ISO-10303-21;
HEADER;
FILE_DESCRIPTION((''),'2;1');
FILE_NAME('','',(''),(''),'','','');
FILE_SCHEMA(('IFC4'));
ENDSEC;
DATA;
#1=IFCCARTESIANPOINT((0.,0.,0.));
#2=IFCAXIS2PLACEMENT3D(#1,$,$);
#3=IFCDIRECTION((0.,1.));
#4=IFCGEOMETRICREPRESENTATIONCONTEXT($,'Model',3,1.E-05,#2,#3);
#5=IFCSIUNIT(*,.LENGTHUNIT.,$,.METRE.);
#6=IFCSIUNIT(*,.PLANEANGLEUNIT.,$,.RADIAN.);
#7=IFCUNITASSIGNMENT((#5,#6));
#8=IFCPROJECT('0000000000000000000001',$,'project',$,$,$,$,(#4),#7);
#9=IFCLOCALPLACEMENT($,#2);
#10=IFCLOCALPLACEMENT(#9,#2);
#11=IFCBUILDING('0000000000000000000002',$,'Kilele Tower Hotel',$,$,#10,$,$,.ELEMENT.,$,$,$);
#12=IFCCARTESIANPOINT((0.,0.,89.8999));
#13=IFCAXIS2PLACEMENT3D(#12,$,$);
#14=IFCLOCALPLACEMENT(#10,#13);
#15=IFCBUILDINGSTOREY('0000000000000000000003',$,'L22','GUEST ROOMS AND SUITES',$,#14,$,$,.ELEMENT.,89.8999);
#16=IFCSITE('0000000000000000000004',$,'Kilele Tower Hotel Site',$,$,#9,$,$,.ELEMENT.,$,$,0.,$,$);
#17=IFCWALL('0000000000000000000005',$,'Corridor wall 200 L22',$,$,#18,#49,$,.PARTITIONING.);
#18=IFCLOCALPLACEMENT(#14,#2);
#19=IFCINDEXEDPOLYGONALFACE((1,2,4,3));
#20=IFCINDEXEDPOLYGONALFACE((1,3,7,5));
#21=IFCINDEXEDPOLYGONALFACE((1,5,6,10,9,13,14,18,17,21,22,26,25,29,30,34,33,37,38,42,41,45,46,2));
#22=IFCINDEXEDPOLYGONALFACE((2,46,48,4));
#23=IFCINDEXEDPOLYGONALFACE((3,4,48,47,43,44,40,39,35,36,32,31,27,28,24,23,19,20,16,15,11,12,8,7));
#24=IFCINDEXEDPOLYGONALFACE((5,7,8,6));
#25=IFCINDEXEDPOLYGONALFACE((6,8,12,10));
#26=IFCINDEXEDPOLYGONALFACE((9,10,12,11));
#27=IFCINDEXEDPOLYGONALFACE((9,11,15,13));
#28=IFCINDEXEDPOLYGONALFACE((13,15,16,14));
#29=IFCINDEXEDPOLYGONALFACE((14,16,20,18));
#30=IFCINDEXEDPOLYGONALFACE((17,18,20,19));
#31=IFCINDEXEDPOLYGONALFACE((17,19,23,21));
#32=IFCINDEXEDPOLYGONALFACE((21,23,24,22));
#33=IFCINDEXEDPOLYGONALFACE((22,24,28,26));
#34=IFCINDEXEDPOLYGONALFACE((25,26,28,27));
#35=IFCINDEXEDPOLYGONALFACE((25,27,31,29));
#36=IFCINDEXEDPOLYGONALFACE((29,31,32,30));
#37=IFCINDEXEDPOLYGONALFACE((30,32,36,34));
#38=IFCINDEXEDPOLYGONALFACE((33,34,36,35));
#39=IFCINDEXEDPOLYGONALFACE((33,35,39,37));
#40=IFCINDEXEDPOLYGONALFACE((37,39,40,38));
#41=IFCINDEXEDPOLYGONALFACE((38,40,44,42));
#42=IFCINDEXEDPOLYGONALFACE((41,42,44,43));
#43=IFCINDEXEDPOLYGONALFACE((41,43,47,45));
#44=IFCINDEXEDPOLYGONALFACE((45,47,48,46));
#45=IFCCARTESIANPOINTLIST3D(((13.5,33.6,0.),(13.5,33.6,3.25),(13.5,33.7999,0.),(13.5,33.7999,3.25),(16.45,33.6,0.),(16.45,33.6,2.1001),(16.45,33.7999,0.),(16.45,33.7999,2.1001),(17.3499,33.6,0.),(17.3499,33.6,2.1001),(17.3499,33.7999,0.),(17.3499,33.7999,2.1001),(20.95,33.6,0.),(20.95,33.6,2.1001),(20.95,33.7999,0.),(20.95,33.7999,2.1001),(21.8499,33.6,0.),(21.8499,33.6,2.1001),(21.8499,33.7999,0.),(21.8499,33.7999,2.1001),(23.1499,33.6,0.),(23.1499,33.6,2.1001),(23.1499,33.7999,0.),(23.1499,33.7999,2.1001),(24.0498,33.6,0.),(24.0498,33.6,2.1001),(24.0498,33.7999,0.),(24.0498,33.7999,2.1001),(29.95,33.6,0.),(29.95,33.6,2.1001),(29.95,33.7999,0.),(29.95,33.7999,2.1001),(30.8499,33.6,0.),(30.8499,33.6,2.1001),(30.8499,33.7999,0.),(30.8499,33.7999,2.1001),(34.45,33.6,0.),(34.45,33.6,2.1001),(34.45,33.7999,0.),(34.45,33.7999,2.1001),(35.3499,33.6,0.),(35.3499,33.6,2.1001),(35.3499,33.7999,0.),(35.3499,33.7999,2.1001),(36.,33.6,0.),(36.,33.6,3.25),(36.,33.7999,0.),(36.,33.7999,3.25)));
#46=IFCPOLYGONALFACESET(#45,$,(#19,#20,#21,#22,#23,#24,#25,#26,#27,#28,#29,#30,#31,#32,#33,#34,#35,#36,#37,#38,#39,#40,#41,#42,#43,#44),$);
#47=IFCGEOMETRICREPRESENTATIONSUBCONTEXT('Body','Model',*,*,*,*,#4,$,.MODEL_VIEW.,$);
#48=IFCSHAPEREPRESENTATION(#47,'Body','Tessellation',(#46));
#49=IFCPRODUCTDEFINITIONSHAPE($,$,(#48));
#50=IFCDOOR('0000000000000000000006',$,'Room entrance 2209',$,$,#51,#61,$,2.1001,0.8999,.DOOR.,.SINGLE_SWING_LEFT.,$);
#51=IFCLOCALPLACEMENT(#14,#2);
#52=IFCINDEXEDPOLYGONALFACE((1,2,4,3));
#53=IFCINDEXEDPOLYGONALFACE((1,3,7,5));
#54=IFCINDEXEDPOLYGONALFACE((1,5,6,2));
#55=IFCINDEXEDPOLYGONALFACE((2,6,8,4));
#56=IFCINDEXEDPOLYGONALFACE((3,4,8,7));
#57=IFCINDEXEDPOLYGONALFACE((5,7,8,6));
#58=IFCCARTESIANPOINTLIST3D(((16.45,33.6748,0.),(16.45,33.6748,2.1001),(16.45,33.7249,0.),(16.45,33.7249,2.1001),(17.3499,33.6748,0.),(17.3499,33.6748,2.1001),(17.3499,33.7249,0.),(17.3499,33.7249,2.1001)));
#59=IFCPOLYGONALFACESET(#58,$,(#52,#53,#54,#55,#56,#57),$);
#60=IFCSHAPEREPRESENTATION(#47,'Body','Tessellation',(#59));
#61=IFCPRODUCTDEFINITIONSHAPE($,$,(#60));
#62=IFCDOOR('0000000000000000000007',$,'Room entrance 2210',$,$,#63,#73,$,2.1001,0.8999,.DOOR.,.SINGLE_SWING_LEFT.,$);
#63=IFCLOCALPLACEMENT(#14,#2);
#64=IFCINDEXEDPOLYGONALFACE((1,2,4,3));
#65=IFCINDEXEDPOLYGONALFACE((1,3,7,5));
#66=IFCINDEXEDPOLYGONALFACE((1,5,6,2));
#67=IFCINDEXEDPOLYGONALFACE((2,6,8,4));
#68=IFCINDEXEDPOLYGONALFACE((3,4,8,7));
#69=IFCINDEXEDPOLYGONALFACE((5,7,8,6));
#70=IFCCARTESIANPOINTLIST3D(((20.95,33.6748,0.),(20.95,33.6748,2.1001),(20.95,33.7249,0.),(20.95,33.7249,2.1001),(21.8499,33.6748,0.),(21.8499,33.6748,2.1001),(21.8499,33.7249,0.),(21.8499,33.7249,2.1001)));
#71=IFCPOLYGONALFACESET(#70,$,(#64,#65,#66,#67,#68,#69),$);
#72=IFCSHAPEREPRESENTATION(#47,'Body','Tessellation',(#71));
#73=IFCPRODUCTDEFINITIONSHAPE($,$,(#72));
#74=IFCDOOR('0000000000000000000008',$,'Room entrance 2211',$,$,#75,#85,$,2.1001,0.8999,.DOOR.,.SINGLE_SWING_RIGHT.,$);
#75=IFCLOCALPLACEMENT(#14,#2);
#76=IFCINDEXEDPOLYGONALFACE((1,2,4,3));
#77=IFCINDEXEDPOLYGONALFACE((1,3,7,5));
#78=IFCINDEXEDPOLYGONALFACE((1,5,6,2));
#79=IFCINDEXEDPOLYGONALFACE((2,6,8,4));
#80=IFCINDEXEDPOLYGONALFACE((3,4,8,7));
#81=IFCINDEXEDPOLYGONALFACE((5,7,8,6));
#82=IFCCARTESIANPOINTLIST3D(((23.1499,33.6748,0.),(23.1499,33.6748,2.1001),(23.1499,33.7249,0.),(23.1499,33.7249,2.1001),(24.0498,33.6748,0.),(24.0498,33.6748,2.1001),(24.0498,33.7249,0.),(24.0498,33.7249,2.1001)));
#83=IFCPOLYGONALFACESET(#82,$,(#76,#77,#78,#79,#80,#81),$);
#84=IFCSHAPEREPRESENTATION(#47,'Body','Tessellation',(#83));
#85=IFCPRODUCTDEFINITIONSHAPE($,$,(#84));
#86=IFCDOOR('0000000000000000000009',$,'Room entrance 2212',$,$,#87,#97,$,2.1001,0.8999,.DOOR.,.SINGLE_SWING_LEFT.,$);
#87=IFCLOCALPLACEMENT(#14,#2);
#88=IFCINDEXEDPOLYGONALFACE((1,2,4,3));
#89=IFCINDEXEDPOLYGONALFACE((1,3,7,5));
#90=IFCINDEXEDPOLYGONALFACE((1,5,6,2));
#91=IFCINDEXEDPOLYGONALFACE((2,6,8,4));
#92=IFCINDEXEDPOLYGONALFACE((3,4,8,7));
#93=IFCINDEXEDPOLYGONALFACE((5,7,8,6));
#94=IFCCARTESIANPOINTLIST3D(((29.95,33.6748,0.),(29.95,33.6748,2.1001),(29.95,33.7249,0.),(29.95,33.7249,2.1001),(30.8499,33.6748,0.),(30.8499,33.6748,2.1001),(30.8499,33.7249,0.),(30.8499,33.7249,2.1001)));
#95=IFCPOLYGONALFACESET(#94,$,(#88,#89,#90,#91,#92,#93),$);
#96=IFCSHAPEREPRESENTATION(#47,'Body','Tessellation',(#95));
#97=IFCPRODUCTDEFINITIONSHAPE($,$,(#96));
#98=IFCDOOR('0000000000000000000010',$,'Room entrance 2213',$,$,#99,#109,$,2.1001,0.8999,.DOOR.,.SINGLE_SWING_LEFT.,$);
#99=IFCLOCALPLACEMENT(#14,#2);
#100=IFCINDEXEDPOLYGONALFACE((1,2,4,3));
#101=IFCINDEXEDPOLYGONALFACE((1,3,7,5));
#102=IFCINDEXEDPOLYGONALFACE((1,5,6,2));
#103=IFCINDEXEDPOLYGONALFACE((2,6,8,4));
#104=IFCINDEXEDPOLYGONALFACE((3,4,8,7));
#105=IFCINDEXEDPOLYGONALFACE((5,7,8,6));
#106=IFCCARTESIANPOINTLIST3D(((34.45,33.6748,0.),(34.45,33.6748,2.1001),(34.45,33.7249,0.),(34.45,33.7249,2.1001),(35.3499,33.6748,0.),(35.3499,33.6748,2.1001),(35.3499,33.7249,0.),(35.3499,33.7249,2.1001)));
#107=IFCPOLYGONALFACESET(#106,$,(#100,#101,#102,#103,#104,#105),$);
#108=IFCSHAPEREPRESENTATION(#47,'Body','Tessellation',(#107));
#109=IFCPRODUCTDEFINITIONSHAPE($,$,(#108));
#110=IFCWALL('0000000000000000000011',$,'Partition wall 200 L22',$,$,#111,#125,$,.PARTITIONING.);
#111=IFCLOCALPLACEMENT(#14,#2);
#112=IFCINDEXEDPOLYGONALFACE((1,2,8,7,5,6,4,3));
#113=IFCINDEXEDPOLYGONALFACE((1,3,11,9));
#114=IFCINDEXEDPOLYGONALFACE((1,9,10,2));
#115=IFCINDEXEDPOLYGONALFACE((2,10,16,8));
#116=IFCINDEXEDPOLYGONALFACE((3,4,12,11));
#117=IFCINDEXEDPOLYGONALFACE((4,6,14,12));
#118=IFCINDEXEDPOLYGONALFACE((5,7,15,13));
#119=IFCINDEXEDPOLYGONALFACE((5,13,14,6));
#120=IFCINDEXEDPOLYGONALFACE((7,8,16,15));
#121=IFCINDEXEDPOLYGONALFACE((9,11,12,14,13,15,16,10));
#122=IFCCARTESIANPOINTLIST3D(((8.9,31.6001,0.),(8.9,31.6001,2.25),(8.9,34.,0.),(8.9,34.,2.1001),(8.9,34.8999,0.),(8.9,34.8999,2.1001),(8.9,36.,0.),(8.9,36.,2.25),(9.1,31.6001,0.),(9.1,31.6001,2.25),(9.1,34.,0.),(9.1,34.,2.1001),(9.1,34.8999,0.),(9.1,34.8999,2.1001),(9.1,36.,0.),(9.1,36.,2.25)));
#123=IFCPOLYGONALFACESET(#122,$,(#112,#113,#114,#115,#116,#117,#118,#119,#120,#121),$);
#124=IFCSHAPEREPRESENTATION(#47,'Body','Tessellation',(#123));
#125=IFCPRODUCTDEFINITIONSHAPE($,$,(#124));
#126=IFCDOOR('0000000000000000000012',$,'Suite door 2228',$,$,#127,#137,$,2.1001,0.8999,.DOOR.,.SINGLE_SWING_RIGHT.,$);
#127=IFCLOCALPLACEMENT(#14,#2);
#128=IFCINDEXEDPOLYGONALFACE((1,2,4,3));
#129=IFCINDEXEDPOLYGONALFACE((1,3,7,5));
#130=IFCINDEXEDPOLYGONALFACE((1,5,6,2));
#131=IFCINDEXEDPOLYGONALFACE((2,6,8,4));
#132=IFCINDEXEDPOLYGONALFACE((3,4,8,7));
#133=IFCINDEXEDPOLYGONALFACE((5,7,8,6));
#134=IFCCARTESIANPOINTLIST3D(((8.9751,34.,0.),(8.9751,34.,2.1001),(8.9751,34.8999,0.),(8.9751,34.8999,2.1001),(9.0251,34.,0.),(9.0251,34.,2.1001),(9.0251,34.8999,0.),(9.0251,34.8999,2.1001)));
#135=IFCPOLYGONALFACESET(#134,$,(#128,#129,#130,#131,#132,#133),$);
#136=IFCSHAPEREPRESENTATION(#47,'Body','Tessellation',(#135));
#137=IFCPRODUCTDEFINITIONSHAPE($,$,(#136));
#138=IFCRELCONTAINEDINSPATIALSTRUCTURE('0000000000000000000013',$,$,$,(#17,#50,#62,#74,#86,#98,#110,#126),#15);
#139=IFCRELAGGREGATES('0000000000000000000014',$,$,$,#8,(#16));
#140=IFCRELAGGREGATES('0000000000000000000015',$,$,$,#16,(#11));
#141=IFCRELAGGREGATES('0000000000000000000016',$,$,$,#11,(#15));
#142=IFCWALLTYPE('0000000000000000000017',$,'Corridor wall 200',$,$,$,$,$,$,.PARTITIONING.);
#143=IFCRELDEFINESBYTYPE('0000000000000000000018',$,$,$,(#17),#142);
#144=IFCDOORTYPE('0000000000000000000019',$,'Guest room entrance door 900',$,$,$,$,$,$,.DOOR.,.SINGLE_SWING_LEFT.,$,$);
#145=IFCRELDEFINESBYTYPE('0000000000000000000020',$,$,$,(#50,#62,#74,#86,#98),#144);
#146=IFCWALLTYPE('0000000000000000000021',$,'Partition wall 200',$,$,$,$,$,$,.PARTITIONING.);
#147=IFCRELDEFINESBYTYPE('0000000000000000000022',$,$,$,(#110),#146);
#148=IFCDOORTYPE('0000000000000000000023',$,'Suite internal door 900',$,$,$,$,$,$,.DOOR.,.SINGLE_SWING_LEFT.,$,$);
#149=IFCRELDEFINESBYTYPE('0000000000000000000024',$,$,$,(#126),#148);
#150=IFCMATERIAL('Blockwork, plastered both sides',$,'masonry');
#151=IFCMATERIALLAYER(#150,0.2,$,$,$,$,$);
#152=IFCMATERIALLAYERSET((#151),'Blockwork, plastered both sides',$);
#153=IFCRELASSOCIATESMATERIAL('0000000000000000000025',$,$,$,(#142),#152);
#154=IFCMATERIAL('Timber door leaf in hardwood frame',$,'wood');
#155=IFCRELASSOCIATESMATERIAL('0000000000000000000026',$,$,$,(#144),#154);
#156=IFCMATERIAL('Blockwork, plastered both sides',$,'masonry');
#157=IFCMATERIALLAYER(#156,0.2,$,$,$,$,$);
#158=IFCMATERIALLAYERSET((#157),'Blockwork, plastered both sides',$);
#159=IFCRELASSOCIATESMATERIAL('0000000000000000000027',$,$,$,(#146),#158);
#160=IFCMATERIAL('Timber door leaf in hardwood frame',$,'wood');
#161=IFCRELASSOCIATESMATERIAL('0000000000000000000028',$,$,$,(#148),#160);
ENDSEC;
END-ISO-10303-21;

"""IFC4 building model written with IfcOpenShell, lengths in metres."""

from ifc_helpers import new_model, si_unit, direction, frame, frame_2d, origin, place, context, subcontext, project, spatial, rectangle, extrude, material, layer, layer_set, type_object, element, fill, save


model = new_model("IFC4")

# Units and contexts
model_context = context("Model", 3, precision=1e-05, world=origin(), true_north=direction((0.0, 1.0)))
body_context = subcontext(model_context, "Body", "Model", "MODEL_VIEW")
ifc_project = project(units=[si_unit("LENGTHUNIT", "METRE"), si_unit("PLANEANGLEUNIT", "RADIAN")], contexts=[model_context])

# Site, building, storey
site_placement = place(None, origin())
site = spatial("IfcSite", under=ifc_project, at=site_placement, Name="Kilele Tower Hotel Site", CompositionType="ELEMENT", RefElevation=0.0)
building_placement = place(site_placement, origin())
building = spatial("IfcBuilding", under=site, at=building_placement, Name="Kilele Tower Hotel", CompositionType="ELEMENT")
storey_placement = place(building_placement, frame((0.0, 0.0, 89.8999)))
storey = spatial("IfcBuildingStorey", under=building, at=storey_placement, Name="L22", Description="GUEST ROOMS AND SUITES", CompositionType="ELEMENT", Elevation=89.8999)

# Wall, openings, doors
ifc_material_1 = material(Name="Blockwork, plastered both sides", Category="masonry")
ifc_layer_1 = layer(ifc_material_1, 0.2)
ifc_layer_set_1 = layer_set([ifc_layer_1], Name="Blockwork, plastered both sides")
wall_type_1 = type_object("IfcWallType", Name="Corridor wall 200", PredefinedType="PARTITIONING", material=ifc_layer_set_1)
wall_1_placement = place(storey_placement, frame((13.5, 33.7, 0.0), z_axis=(0.0, 0.0, 1.0), x_axis=(1.0, 0.0, 0.0)))
wall_1 = element("IfcWall", 1, at=wall_1_placement, inside=storey, type_object=wall_type_1, Name="Corridor wall 200 L22", PredefinedType="PARTITIONING", context=body_context, shape_type="SweptSolid", body=[
    extrude(rectangle(XDim=22.5, YDim=0.2, at=frame_2d((11.25, 0.0))), origin(), (0.0, 0.0, 1.0), 3.25),
])
opening_1_placement = place(wall_1_placement, frame((2.95, 0.0, 0.0)))
opening_1 = element("IfcOpeningElement", 2, at=opening_1_placement, cuts=wall_1, PredefinedType="OPENING", context=body_context, shape_type="SweptSolid", body=[
    extrude(rectangle(XDim=0.8999, YDim=2.1001, at=frame_2d((0.45, 1.05))), frame((0.0, 0.1099, 0.0), z_axis=(0.0, -1.0, 0.0), x_axis=(1.0, 0.0, 0.0)), (0.0, 0.0, 1.0), 0.22),
])
opening_2_placement = place(wall_1_placement, frame((7.45, 0.0, 0.0)))
opening_2 = element("IfcOpeningElement", 3, at=opening_2_placement, cuts=wall_1, PredefinedType="OPENING", context=body_context, shape_type="SweptSolid", body=[
    extrude(rectangle(XDim=0.8999, YDim=2.1001, at=frame_2d((0.45, 1.05))), frame((0.0, 0.1099, 0.0), z_axis=(0.0, -1.0, 0.0), x_axis=(1.0, 0.0, 0.0)), (0.0, 0.0, 1.0), 0.22),
])
opening_3_placement = place(wall_1_placement, frame((9.6499, 0.0, 0.0)))
opening_3 = element("IfcOpeningElement", 4, at=opening_3_placement, cuts=wall_1, PredefinedType="OPENING", context=body_context, shape_type="SweptSolid", body=[
    extrude(rectangle(XDim=0.8999, YDim=2.1001, at=frame_2d((0.45, 1.05))), frame((0.0, 0.1099, 0.0), z_axis=(0.0, -1.0, 0.0), x_axis=(1.0, 0.0, 0.0)), (0.0, 0.0, 1.0), 0.22),
])
opening_4_placement = place(wall_1_placement, frame((16.45, 0.0, 0.0)))
opening_4 = element("IfcOpeningElement", 5, at=opening_4_placement, cuts=wall_1, PredefinedType="OPENING", context=body_context, shape_type="SweptSolid", body=[
    extrude(rectangle(XDim=0.8999, YDim=2.1001, at=frame_2d((0.45, 1.05))), frame((0.0, 0.1099, 0.0), z_axis=(0.0, -1.0, 0.0), x_axis=(1.0, 0.0, 0.0)), (0.0, 0.0, 1.0), 0.22),
])
opening_5_placement = place(wall_1_placement, frame((20.95, 0.0, 0.0)))
opening_5 = element("IfcOpeningElement", 6, at=opening_5_placement, cuts=wall_1, PredefinedType="OPENING", context=body_context, shape_type="SweptSolid", body=[
    extrude(rectangle(XDim=0.8999, YDim=2.1001, at=frame_2d((0.45, 1.05))), frame((0.0, 0.1099, 0.0), z_axis=(0.0, -1.0, 0.0), x_axis=(1.0, 0.0, 0.0)), (0.0, 0.0, 1.0), 0.22),
])
ifc_material_2 = material(Name="Timber door leaf in hardwood frame", Category="wood")
door_type_1 = type_object("IfcDoorType", Name="Guest room entrance door 900", OperationType="SINGLE_SWING_LEFT", PredefinedType="DOOR", material=ifc_material_2)
door_1_placement = place(opening_1_placement, origin())
door_1 = element("IfcDoor", 7, at=door_1_placement, inside=storey, type_object=door_type_1, Name="Room entrance 2209", OperationType="SINGLE_SWING_LEFT", OverallHeight=2.1001, OverallWidth=0.8999, PredefinedType="DOOR", context=body_context, shape_type="SweptSolid", body=[
    extrude(rectangle(XDim=0.8999, YDim=2.1001, at=frame_2d((0.45, 1.05))), frame((0.0, 0.0249, 0.0), z_axis=(0.0, -1.0, 0.0), x_axis=(1.0, 0.0, 0.0)), (0.0, 0.0, 1.0), 0.05),
])
fill(opening_1, door_1)
door_2_placement = place(opening_2_placement, origin())
door_2 = element("IfcDoor", 8, at=door_2_placement, inside=storey, type_object=door_type_1, Name="Room entrance 2210", OperationType="SINGLE_SWING_LEFT", OverallHeight=2.1001, OverallWidth=0.8999, PredefinedType="DOOR", context=body_context, shape_type="SweptSolid", body=[
    extrude(rectangle(XDim=0.8999, YDim=2.1001, at=frame_2d((0.45, 1.05))), frame((0.0, 0.0249, 0.0), z_axis=(0.0, -1.0, 0.0), x_axis=(1.0, 0.0, 0.0)), (0.0, 0.0, 1.0), 0.05),
])
fill(opening_2, door_2)
door_3_placement = place(opening_3_placement, origin())
door_3 = element("IfcDoor", 9, at=door_3_placement, inside=storey, type_object=door_type_1, Name="Room entrance 2211", OperationType="SINGLE_SWING_RIGHT", OverallHeight=2.1001, OverallWidth=0.8999, PredefinedType="DOOR", context=body_context, shape_type="SweptSolid", body=[
    extrude(rectangle(XDim=0.8999, YDim=2.1001, at=frame_2d((0.45, 1.05))), frame((0.0, 0.0249, 0.0), z_axis=(0.0, -1.0, 0.0), x_axis=(1.0, 0.0, 0.0)), (0.0, 0.0, 1.0), 0.05),
])
fill(opening_3, door_3)
door_4_placement = place(opening_4_placement, origin())
door_4 = element("IfcDoor", 10, at=door_4_placement, inside=storey, type_object=door_type_1, Name="Room entrance 2212", OperationType="SINGLE_SWING_LEFT", OverallHeight=2.1001, OverallWidth=0.8999, PredefinedType="DOOR", context=body_context, shape_type="SweptSolid", body=[
    extrude(rectangle(XDim=0.8999, YDim=2.1001, at=frame_2d((0.45, 1.05))), frame((0.0, 0.0249, 0.0), z_axis=(0.0, -1.0, 0.0), x_axis=(1.0, 0.0, 0.0)), (0.0, 0.0, 1.0), 0.05),
])
fill(opening_4, door_4)
door_5_placement = place(opening_5_placement, origin())
door_5 = element("IfcDoor", 11, at=door_5_placement, inside=storey, type_object=door_type_1, Name="Room entrance 2213", OperationType="SINGLE_SWING_LEFT", OverallHeight=2.1001, OverallWidth=0.8999, PredefinedType="DOOR", context=body_context, shape_type="SweptSolid", body=[
    extrude(rectangle(XDim=0.8999, YDim=2.1001, at=frame_2d((0.45, 1.05))), frame((0.0, 0.0249, 0.0), z_axis=(0.0, -1.0, 0.0), x_axis=(1.0, 0.0, 0.0)), (0.0, 0.0, 1.0), 0.05),
])
fill(opening_5, door_5)

# Wall, opening, door
ifc_material_3 = material(Name="Blockwork, plastered both sides", Category="masonry")
ifc_layer_2 = layer(ifc_material_3, 0.2)
ifc_layer_set_2 = layer_set([ifc_layer_2], Name="Blockwork, plastered both sides")
wall_type_2 = type_object("IfcWallType", Name="Partition wall 200", PredefinedType="PARTITIONING", material=ifc_layer_set_2)
wall_2_placement = place(storey_placement, frame((9.0, 31.6001, 0.0), z_axis=(0.0, 0.0, 1.0), x_axis=(0.0, 1.0, 0.0)))
wall_2 = element("IfcWall", 12, at=wall_2_placement, inside=storey, type_object=wall_type_2, Name="Partition wall 200 L22", PredefinedType="PARTITIONING", context=body_context, shape_type="SweptSolid", body=[
    extrude(rectangle(XDim=4.3999, YDim=0.2, at=frame_2d((2.2, 0.0))), origin(), (0.0, 0.0, 1.0), 2.25),
])
opening_6_placement = place(wall_2_placement, frame((2.3999, 0.0, 0.0)))
opening_6 = element("IfcOpeningElement", 13, at=opening_6_placement, cuts=wall_2, PredefinedType="OPENING", context=body_context, shape_type="SweptSolid", body=[
    extrude(rectangle(XDim=0.8999, YDim=2.1001, at=frame_2d((0.45, 1.05))), frame((0.0, 0.1099, 0.0), z_axis=(0.0, -1.0, 0.0), x_axis=(1.0, 0.0, 0.0)), (0.0, 0.0, 1.0), 0.22),
])
ifc_material_4 = material(Name="Timber door leaf in hardwood frame", Category="wood")
door_type_2 = type_object("IfcDoorType", Name="Suite internal door 900", OperationType="SINGLE_SWING_LEFT", PredefinedType="DOOR", material=ifc_material_4)
door_6_placement = place(opening_6_placement, origin())
door_6 = element("IfcDoor", 14, at=door_6_placement, inside=storey, type_object=door_type_2, Name="Suite door 2228", OperationType="SINGLE_SWING_RIGHT", OverallHeight=2.1001, OverallWidth=0.8999, PredefinedType="DOOR", context=body_context, shape_type="SweptSolid", body=[
    extrude(rectangle(XDim=0.8999, YDim=2.1001, at=frame_2d((0.45, 1.05))), frame((0.0, 0.0249, 0.0), z_axis=(0.0, -1.0, 0.0), x_axis=(1.0, 0.0, 0.0)), (0.0, 0.0, 1.0), 0.05),
])
fill(opening_6, door_6)

save(model, "model.ifc")
